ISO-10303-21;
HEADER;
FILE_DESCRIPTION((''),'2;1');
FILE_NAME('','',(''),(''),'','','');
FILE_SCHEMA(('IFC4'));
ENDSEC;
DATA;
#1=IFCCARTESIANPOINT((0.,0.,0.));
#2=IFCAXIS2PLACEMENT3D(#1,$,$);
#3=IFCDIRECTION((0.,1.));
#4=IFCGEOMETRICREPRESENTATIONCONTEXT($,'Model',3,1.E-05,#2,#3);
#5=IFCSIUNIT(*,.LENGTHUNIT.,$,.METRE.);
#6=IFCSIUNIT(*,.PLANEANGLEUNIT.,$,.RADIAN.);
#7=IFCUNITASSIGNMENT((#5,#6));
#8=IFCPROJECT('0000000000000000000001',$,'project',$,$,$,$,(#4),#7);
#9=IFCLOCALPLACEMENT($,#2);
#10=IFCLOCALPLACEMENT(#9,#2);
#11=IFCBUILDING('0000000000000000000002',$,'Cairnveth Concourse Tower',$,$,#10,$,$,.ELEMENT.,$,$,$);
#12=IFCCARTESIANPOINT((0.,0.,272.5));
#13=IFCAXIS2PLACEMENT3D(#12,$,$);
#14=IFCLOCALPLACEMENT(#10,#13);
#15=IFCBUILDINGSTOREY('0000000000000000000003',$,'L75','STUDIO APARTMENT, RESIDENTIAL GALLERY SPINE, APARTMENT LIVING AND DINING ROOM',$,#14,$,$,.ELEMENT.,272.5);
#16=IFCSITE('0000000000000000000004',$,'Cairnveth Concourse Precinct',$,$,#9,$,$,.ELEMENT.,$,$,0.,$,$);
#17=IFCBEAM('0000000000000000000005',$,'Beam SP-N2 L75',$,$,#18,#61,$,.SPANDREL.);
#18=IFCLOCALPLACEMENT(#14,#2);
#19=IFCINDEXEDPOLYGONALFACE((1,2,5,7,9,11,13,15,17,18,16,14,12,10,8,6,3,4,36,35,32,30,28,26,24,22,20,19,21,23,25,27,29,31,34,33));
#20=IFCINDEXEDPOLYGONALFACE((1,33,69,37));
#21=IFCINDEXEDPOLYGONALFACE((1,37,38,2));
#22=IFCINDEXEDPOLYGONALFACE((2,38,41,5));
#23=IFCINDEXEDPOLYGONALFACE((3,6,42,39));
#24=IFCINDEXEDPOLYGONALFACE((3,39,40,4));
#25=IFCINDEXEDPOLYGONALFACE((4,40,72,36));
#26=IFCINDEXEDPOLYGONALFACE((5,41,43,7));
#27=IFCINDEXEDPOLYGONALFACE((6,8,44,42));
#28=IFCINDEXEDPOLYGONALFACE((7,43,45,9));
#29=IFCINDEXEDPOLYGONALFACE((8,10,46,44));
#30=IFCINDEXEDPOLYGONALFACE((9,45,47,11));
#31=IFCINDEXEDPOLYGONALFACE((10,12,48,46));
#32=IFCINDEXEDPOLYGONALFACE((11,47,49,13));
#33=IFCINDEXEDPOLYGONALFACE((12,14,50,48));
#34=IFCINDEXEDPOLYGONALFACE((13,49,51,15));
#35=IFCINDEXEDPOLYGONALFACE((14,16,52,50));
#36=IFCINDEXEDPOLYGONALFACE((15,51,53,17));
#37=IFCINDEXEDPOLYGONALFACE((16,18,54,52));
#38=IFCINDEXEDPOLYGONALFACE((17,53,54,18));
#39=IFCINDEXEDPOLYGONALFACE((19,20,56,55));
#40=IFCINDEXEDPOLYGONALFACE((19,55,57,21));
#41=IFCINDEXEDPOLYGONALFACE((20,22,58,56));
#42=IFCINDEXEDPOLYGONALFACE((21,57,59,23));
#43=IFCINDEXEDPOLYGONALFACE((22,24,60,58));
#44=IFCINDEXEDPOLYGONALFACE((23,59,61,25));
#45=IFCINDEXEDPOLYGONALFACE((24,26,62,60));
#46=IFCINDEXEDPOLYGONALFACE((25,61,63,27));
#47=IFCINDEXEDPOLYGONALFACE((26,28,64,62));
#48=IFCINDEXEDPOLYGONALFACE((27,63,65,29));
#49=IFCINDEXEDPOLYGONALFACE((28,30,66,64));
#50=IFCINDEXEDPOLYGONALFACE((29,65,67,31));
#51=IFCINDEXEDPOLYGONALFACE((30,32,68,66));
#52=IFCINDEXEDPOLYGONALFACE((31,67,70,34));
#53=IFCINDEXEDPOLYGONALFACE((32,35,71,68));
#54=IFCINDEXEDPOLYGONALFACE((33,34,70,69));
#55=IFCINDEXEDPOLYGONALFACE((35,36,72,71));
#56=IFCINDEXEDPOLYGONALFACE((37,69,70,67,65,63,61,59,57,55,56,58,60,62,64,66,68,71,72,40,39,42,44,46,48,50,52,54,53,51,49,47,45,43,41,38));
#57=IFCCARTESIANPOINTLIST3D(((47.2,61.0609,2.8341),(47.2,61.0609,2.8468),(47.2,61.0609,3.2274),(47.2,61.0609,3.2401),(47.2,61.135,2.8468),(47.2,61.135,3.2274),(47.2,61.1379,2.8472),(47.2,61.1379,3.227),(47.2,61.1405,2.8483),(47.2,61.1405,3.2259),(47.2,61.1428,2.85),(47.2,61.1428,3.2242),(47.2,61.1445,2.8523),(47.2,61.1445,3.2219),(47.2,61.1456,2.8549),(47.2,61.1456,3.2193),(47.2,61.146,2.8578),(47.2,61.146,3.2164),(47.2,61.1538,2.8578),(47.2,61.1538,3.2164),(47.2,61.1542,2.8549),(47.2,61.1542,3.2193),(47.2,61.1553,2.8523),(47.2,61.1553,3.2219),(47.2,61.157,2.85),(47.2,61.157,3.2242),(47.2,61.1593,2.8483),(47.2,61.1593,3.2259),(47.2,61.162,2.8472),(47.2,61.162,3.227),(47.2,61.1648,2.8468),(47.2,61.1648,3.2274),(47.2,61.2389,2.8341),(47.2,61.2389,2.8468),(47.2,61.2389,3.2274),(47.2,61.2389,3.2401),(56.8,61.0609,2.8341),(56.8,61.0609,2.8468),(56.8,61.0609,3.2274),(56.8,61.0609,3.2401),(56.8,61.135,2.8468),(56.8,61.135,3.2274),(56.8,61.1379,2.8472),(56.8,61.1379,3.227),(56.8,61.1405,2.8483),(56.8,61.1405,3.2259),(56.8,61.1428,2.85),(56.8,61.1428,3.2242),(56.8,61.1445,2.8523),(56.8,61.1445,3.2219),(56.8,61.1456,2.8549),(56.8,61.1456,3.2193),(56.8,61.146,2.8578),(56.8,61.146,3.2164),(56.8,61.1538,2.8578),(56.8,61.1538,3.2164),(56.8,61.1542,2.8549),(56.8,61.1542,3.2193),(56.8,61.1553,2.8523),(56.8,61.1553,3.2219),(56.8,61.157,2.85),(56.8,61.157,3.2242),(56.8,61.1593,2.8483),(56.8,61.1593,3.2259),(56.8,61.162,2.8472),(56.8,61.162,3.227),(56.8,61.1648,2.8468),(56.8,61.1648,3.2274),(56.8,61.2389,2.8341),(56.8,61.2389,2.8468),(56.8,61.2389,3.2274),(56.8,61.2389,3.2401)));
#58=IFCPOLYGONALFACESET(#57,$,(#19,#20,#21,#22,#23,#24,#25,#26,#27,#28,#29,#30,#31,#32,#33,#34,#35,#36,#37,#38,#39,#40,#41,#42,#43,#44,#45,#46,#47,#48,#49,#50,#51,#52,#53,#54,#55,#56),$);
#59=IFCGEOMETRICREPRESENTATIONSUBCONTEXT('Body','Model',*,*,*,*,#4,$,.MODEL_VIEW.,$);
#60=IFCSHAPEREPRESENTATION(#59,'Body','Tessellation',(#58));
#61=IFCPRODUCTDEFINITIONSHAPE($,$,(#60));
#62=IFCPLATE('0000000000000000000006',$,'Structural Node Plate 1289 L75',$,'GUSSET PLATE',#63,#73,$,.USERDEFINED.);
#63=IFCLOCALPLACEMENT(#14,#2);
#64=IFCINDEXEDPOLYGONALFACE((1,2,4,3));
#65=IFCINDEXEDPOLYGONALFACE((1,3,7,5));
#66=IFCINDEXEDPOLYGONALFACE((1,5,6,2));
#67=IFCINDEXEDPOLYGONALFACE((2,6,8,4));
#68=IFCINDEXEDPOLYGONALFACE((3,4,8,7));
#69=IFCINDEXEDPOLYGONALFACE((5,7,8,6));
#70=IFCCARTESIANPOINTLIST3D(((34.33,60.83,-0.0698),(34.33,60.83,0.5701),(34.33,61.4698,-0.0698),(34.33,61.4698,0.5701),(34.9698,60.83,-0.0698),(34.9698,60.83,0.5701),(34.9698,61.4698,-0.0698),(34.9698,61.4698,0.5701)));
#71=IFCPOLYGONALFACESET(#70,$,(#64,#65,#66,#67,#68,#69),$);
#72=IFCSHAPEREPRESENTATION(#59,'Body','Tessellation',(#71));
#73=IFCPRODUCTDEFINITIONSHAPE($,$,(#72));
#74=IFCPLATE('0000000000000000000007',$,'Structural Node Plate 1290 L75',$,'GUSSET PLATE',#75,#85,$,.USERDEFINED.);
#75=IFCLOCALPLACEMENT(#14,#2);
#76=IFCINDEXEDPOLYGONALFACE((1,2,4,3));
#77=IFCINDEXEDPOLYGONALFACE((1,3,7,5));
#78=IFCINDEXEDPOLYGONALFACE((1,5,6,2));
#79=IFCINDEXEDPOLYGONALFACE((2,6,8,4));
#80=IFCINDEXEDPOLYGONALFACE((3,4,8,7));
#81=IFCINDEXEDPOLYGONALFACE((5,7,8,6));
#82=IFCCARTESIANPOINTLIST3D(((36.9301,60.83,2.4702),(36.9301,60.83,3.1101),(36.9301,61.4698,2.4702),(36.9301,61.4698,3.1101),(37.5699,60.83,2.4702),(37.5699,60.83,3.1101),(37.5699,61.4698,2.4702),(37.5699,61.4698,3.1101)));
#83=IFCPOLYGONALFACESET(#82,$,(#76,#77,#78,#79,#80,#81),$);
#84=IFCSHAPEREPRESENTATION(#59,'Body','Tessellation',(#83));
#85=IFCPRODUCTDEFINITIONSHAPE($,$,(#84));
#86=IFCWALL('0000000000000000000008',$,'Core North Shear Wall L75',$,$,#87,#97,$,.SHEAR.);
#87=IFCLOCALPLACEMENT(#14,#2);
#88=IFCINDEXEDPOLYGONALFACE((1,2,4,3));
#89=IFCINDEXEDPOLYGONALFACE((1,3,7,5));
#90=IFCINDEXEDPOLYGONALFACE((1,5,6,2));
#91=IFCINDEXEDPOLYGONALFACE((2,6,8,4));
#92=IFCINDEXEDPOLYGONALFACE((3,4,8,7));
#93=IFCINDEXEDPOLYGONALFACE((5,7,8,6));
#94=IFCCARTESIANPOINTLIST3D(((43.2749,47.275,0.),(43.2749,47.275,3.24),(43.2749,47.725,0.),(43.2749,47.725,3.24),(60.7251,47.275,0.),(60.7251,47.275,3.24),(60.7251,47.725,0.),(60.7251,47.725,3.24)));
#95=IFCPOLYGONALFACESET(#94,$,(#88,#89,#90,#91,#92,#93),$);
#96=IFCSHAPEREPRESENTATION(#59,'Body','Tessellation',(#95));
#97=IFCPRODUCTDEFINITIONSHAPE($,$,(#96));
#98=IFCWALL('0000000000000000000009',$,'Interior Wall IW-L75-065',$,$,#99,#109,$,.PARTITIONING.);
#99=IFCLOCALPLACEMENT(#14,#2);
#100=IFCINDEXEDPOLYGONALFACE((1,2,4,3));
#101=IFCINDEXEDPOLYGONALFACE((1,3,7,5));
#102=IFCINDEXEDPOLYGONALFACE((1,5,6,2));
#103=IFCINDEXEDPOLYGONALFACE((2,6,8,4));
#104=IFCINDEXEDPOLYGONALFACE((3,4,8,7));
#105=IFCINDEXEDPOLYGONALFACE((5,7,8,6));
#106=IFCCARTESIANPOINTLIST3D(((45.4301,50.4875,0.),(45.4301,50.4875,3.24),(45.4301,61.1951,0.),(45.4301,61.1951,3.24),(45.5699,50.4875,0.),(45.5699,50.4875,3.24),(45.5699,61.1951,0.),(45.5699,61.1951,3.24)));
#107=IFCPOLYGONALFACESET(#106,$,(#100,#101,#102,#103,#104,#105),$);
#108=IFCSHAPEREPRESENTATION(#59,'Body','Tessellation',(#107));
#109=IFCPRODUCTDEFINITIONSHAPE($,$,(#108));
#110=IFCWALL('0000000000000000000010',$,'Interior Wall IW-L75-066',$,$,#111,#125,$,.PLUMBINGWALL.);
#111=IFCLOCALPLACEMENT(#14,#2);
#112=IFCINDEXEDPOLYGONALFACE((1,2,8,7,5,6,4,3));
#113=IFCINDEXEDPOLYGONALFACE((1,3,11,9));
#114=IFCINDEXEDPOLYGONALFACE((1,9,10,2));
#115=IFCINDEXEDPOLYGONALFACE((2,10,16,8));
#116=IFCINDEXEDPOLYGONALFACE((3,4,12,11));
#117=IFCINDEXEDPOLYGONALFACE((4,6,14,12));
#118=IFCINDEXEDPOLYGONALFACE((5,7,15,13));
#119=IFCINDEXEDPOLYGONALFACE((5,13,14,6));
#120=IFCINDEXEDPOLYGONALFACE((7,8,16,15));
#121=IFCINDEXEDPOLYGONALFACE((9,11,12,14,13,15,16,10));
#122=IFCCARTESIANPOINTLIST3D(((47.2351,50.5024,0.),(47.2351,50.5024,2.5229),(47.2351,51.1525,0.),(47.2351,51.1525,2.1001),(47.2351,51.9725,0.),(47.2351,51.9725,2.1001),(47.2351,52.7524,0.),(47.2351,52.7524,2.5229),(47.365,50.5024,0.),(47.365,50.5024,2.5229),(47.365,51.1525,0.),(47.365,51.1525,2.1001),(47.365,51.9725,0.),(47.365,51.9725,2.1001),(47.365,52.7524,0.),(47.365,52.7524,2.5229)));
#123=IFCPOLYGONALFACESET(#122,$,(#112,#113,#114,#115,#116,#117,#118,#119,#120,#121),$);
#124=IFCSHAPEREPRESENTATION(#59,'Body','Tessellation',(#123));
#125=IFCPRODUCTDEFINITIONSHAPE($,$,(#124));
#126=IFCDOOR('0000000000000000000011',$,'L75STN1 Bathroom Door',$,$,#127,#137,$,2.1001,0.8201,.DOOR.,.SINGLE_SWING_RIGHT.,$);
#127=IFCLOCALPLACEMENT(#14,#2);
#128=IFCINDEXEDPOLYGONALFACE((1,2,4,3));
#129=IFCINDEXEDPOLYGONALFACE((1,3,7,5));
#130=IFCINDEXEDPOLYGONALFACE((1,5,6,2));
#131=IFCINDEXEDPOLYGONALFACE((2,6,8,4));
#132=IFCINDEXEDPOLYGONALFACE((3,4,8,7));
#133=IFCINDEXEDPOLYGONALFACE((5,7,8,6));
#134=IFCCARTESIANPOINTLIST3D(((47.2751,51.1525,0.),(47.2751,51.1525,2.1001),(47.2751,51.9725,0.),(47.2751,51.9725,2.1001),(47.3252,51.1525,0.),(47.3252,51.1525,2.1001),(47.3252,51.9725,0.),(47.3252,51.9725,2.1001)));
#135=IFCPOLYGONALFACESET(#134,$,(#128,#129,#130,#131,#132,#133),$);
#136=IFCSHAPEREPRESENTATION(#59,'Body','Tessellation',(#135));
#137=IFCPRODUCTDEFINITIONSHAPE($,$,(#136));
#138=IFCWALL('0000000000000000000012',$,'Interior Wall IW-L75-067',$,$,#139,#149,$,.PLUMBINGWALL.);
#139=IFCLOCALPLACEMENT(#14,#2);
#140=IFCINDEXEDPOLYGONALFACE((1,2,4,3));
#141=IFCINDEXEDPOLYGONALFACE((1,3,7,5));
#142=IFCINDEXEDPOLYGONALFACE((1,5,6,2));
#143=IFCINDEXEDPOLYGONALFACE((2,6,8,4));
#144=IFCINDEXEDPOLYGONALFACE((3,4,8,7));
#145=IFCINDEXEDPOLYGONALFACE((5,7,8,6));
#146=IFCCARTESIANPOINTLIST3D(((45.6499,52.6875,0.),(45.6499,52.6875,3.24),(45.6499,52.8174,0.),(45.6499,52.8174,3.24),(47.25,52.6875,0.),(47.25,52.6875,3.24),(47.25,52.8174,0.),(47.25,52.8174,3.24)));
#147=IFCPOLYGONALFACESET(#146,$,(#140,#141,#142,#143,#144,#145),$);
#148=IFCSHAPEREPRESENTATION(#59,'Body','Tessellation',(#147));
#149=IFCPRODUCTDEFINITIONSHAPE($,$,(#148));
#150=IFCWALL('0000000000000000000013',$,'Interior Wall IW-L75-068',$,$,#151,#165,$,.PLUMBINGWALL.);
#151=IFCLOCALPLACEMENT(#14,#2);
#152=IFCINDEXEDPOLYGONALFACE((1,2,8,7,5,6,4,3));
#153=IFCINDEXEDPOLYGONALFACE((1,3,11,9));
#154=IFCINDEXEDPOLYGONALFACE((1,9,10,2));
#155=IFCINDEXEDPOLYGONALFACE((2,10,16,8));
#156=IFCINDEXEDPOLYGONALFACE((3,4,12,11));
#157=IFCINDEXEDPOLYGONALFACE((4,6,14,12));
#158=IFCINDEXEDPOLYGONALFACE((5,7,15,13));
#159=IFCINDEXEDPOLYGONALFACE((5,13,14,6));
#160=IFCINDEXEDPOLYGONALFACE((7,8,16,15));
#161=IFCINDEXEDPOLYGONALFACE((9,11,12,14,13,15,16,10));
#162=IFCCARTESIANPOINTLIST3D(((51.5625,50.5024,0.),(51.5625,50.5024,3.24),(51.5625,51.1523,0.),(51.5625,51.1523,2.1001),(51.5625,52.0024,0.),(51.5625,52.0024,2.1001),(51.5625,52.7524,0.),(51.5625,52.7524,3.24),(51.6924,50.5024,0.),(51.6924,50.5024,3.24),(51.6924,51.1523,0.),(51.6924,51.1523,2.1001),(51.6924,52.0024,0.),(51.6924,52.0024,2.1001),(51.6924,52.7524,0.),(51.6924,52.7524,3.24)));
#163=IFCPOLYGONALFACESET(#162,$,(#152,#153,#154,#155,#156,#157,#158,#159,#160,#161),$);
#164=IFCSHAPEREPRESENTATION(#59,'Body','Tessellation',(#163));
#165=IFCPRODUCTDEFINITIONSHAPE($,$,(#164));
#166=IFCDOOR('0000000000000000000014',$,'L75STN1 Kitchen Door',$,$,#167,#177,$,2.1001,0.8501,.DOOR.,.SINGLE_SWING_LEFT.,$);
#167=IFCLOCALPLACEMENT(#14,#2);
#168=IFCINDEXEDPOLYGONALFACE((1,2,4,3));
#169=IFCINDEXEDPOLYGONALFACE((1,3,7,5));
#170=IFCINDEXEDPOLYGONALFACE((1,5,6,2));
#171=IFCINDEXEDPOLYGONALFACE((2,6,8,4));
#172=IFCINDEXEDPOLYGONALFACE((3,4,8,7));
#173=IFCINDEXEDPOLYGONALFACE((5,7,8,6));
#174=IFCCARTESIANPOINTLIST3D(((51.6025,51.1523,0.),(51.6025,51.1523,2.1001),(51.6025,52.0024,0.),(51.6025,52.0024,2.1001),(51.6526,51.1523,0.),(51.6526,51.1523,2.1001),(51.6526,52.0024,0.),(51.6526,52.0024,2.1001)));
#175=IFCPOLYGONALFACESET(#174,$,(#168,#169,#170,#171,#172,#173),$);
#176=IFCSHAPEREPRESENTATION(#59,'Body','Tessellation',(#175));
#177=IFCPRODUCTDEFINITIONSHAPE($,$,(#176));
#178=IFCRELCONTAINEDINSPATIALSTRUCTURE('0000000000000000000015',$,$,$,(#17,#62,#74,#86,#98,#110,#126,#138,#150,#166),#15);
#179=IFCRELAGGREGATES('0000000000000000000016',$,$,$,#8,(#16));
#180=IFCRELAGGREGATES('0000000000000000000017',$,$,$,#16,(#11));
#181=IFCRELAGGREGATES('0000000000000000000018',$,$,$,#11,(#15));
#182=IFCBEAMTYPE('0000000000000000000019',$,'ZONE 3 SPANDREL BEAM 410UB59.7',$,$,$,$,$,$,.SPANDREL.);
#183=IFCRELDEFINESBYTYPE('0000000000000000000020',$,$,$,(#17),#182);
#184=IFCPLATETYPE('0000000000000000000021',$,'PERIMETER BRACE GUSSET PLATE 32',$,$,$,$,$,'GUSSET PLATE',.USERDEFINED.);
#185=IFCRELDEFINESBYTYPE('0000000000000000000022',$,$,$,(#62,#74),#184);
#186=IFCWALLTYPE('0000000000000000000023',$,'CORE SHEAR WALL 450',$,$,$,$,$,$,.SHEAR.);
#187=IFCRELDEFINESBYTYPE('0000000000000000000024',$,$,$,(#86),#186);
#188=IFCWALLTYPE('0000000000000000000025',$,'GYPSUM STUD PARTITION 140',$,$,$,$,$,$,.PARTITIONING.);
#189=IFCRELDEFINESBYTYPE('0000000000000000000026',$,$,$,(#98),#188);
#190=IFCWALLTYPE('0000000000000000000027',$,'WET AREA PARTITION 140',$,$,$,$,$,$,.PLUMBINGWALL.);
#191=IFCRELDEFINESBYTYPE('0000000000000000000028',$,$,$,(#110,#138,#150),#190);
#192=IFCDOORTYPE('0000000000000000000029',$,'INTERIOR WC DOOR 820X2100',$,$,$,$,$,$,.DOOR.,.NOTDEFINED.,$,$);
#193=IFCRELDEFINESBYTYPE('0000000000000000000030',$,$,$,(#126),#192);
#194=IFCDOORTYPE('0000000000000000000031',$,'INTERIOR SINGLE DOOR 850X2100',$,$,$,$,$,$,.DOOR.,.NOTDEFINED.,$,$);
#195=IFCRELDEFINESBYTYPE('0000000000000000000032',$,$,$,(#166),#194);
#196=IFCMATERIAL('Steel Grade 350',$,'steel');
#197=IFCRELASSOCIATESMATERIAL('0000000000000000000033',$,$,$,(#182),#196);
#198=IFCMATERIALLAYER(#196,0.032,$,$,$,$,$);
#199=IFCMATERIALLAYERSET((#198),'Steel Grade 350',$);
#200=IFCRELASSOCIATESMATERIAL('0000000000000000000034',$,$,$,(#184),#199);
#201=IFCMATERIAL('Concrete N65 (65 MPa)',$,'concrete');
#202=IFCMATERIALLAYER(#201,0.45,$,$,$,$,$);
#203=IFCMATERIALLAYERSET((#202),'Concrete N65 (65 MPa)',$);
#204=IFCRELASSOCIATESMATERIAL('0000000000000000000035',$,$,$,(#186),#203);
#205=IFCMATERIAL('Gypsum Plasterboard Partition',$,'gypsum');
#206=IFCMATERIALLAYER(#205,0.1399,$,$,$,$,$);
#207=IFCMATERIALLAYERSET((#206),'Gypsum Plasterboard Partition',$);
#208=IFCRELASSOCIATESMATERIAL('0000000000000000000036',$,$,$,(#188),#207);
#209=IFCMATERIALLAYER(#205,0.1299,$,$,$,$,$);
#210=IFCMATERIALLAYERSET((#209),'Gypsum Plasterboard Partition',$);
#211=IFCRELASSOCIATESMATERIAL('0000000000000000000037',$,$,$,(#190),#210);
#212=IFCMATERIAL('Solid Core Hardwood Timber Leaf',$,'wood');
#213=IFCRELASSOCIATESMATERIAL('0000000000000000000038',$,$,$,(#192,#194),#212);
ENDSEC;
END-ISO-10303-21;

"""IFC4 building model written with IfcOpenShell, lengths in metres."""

from ifc_helpers import new_model, si_unit, direction, frame, frame_2d, origin, origin_2d, place, context, subcontext, project, spatial, rectangle, i_section, extrude, material, layer, layer_set, material_profile, profile_set, type_object, element, fill, save


model = new_model("IFC4")

# Units and contexts
model_context = context("Model", 3, precision=1e-05, world=origin(), true_north=direction((0.0, 1.0)))
body_context = subcontext(model_context, "Body", "Model", "MODEL_VIEW")
ifc_project = project(units=[si_unit("LENGTHUNIT", "METRE"), si_unit("PLANEANGLEUNIT", "RADIAN")], contexts=[model_context])

# Site, building, storey
site_placement = place(None, origin())
site = spatial("IfcSite", under=ifc_project, at=site_placement, Name="Cairnveth Concourse Precinct", CompositionType="ELEMENT", RefElevation=0.0)
building_placement = place(site_placement, origin())
building = spatial("IfcBuilding", under=site, at=building_placement, Name="Cairnveth Concourse Tower", CompositionType="ELEMENT")
storey_placement = place(building_placement, frame((0.0, 0.0, 272.5)))
storey = spatial("IfcBuildingStorey", under=building, at=storey_placement, Name="L75", Description="STUDIO APARTMENT, RESIDENTIAL GALLERY SPINE, APARTMENT LIVING AND DINING ROOM", CompositionType="ELEMENT", Elevation=272.5)

# Shared definitions
ifc_material_1 = material(Name="Concrete N65 (65 MPa)", Category="concrete")

# Beam
ifc_material_2 = material(Name="Steel Grade 350", Category="steel")
ifc_material_profile_1 = material_profile(ifc_material_2, i_section(OverallWidth=0.178, OverallDepth=0.406, WebThickness=0.0078, FlangeThickness=0.0127, FilletRadius=0.011, at=origin_2d()), Name="410UB59.7")
ifc_profile_set_1 = profile_set([ifc_material_profile_1], Name="Steel Grade 350")
beam_type_1 = type_object("IfcBeamType", Name="ZONE 3 SPANDREL BEAM 410UB59.7", PredefinedType="SPANDREL", material=ifc_profile_set_1)
beam_1_placement = place(storey_placement, frame((47.2, 61.1499, 3.0371), z_axis=(1.0, 0.0, 0.0), x_axis=(0.0, 1.0, 0.0)))
element("IfcBeam", 1, at=beam_1_placement, inside=storey, type_object=beam_type_1, Name="Beam SP-N2 L75", PredefinedType="SPANDREL", context=body_context, shape_type="SweptSolid", body=[
    extrude(i_section(OverallWidth=0.178, OverallDepth=0.406, WebThickness=0.0078, FlangeThickness=0.0127, FilletRadius=0.011, at=origin_2d()), origin(), (0.0, 0.0, 1.0), 9.6001),
])

# Plates
ifc_layer_1 = layer(ifc_material_2, 0.032)
ifc_layer_set_1 = layer_set([ifc_layer_1], Name="Steel Grade 350")
plate_type = type_object("IfcPlateType", Name="PERIMETER BRACE GUSSET PLATE 32", ElementType="GUSSET PLATE", PredefinedType="USERDEFINED", material=ifc_layer_set_1)
for number, where, z_axis, x_axis, name in (
    (2, (34.6499, 61.1499, -0.0698), (0.0, 0.0, 1.0), (1.0, 0.0, 0.0), "Structural Node Plate 1289 L75"),
    (3, (37.25, 61.1499, 2.4702), (0.0, 0.0, 1.0), (1.0, 0.0, 0.0), "Structural Node Plate 1290 L75"),
):
    element("IfcPlate", number, at=place(storey_placement, frame(where, z_axis=z_axis, x_axis=x_axis)), inside=storey, type_object=plate_type, Name=name, ObjectType="GUSSET PLATE", PredefinedType="USERDEFINED", context=body_context, shape_type="SweptSolid", body=[
        extrude(rectangle(XDim=0.6399, YDim=0.6399, at=origin_2d()), origin(), (0.0, 0.0, 1.0), 0.6399),
    ])

# Walls
ifc_layer_2 = layer(ifc_material_1, 0.45)
ifc_layer_set_2 = layer_set([ifc_layer_2], Name="Concrete N65 (65 MPa)")
wall_type_1 = type_object("IfcWallType", Name="CORE SHEAR WALL 450", PredefinedType="SHEAR", material=ifc_layer_set_2)
wall_1_placement = place(storey_placement, frame((43.2749, 47.5, 0.0), z_axis=(0.0, 0.0, 1.0), x_axis=(1.0, 0.0, 0.0)))
element("IfcWall", 4, at=wall_1_placement, inside=storey, type_object=wall_type_1, Name="Core North Shear Wall L75", PredefinedType="SHEAR", context=body_context, shape_type="SweptSolid", body=[
    extrude(rectangle(XDim=17.4502, YDim=0.45, at=frame_2d((8.7251, 0.0))), origin(), (0.0, 0.0, 1.0), 3.24),
])
ifc_material_3 = material(Name="Gypsum Plasterboard Partition", Category="gypsum")
ifc_layer_3 = layer(ifc_material_3, 0.1399)
ifc_layer_set_3 = layer_set([ifc_layer_3], Name="Gypsum Plasterboard Partition")
wall_type_2 = type_object("IfcWallType", Name="GYPSUM STUD PARTITION 140", PredefinedType="PARTITIONING", material=ifc_layer_set_3)
wall_2_placement = place(storey_placement, frame((45.5, 50.4875, 0.0), z_axis=(0.0, 0.0, 1.0), x_axis=(0.0, 1.0, 0.0)))
element("IfcWall", 5, at=wall_2_placement, inside=storey, type_object=wall_type_2, Name="Interior Wall IW-L75-065", PredefinedType="PARTITIONING", context=body_context, shape_type="SweptSolid", body=[
    extrude(rectangle(XDim=10.7075, YDim=0.1399, at=frame_2d((5.3538, 0.0))), origin(), (0.0, 0.0, 1.0), 3.24),
])

# Wall, opening, door
ifc_layer_4 = layer(ifc_material_3, 0.1299)
ifc_layer_set_4 = layer_set([ifc_layer_4], Name="Gypsum Plasterboard Partition")
wall_type_3 = type_object("IfcWallType", Name="WET AREA PARTITION 140", PredefinedType="PLUMBINGWALL", material=ifc_layer_set_4)
wall_3_placement = place(storey_placement, frame((47.3, 50.5024, 0.0), z_axis=(0.0, 0.0, 1.0), x_axis=(0.0, 1.0, 0.0)))
wall_3 = element("IfcWall", 6, at=wall_3_placement, inside=storey, type_object=wall_type_3, Name="Interior Wall IW-L75-066", PredefinedType="PLUMBINGWALL", context=body_context, shape_type="SweptSolid", body=[
    extrude(rectangle(XDim=2.25, YDim=0.1299, at=frame_2d((1.125, 0.0))), origin(), (0.0, 0.0, 1.0), 2.5229),
])
opening_1_placement = place(wall_3_placement, frame((0.6499, 0.0, 0.0)))
opening_1 = element("IfcOpeningElement", 7, at=opening_1_placement, cuts=wall_3, PredefinedType="OPENING", context=body_context, shape_type="SweptSolid", body=[
    extrude(rectangle(XDim=0.8201, YDim=2.1001, at=frame_2d((0.4102, 1.05))), frame((0.0, 0.075, 0.0), z_axis=(0.0, -1.0, 0.0), x_axis=(1.0, 0.0, 0.0)), (0.0, 0.0, 1.0), 0.1499),
])
ifc_material_4 = material(Name="Solid Core Hardwood Timber Leaf", Category="wood")
door_type_1 = type_object("IfcDoorType", Name="INTERIOR WC DOOR 820X2100", OperationType="NOTDEFINED", PredefinedType="DOOR", material=ifc_material_4)
door_1_placement = place(opening_1_placement, origin())
door_1 = element("IfcDoor", 8, at=door_1_placement, inside=storey, type_object=door_type_1, Name="L75STN1 Bathroom Door", OperationType="SINGLE_SWING_RIGHT", OverallHeight=2.1001, OverallWidth=0.8201, PredefinedType="DOOR", context=body_context, shape_type="SweptSolid", body=[
    extrude(rectangle(XDim=0.8201, YDim=2.1001, at=frame_2d((0.4102, 1.05))), frame((0.0, 0.0249, 0.0), z_axis=(0.0, -1.0, 0.0), x_axis=(1.0, 0.0, 0.0)), (0.0, 0.0, 1.0), 0.05),
])
fill(opening_1, door_1)

# Wall
wall_4_placement = place(storey_placement, frame((45.6499, 52.7524, 0.0), z_axis=(0.0, 0.0, 1.0), x_axis=(1.0, 0.0, 0.0)))
element("IfcWall", 9, at=wall_4_placement, inside=storey, type_object=wall_type_3, Name="Interior Wall IW-L75-067", PredefinedType="PLUMBINGWALL", context=body_context, shape_type="SweptSolid", body=[
    extrude(rectangle(XDim=1.6001, YDim=0.1299, at=frame_2d((0.8, 0.0))), origin(), (0.0, 0.0, 1.0), 3.24),
])

# Wall, opening, door
wall_5_placement = place(storey_placement, frame((51.6274, 50.5024, 0.0), z_axis=(0.0, 0.0, 1.0), x_axis=(0.0, 1.0, 0.0)))
wall_5 = element("IfcWall", 10, at=wall_5_placement, inside=storey, type_object=wall_type_3, Name="Interior Wall IW-L75-068", PredefinedType="PLUMBINGWALL", context=body_context, shape_type="SweptSolid", body=[
    extrude(rectangle(XDim=2.25, YDim=0.1299, at=frame_2d((1.125, 0.0))), origin(), (0.0, 0.0, 1.0), 3.24),
])
opening_2_placement = place(wall_5_placement, frame((0.6499, 0.0, 0.0)))
opening_2 = element("IfcOpeningElement", 11, at=opening_2_placement, cuts=wall_5, PredefinedType="OPENING", context=body_context, shape_type="SweptSolid", body=[
    extrude(rectangle(XDim=0.8501, YDim=2.1001, at=frame_2d((0.425, 1.05))), frame((0.0, 0.075, 0.0), z_axis=(0.0, -1.0, 0.0), x_axis=(1.0, 0.0, 0.0)), (0.0, 0.0, 1.0), 0.1499),
])
door_type_2 = type_object("IfcDoorType", Name="INTERIOR SINGLE DOOR 850X2100", OperationType="NOTDEFINED", PredefinedType="DOOR", material=ifc_material_4)
door_2_placement = place(opening_2_placement, origin())
door_2 = element("IfcDoor", 12, at=door_2_placement, inside=storey, type_object=door_type_2, Name="L75STN1 Kitchen Door", OperationType="SINGLE_SWING_LEFT", OverallHeight=2.1001, OverallWidth=0.8501, PredefinedType="DOOR", context=body_context, shape_type="SweptSolid", body=[
    extrude(rectangle(XDim=0.8501, YDim=2.1001, at=frame_2d((0.425, 1.05))), frame((0.0, 0.0249, 0.0), z_axis=(0.0, -1.0, 0.0), x_axis=(1.0, 0.0, 0.0)), (0.0, 0.0, 1.0), 0.05),
])
fill(opening_2, door_2)

save(model, "model.ifc")
